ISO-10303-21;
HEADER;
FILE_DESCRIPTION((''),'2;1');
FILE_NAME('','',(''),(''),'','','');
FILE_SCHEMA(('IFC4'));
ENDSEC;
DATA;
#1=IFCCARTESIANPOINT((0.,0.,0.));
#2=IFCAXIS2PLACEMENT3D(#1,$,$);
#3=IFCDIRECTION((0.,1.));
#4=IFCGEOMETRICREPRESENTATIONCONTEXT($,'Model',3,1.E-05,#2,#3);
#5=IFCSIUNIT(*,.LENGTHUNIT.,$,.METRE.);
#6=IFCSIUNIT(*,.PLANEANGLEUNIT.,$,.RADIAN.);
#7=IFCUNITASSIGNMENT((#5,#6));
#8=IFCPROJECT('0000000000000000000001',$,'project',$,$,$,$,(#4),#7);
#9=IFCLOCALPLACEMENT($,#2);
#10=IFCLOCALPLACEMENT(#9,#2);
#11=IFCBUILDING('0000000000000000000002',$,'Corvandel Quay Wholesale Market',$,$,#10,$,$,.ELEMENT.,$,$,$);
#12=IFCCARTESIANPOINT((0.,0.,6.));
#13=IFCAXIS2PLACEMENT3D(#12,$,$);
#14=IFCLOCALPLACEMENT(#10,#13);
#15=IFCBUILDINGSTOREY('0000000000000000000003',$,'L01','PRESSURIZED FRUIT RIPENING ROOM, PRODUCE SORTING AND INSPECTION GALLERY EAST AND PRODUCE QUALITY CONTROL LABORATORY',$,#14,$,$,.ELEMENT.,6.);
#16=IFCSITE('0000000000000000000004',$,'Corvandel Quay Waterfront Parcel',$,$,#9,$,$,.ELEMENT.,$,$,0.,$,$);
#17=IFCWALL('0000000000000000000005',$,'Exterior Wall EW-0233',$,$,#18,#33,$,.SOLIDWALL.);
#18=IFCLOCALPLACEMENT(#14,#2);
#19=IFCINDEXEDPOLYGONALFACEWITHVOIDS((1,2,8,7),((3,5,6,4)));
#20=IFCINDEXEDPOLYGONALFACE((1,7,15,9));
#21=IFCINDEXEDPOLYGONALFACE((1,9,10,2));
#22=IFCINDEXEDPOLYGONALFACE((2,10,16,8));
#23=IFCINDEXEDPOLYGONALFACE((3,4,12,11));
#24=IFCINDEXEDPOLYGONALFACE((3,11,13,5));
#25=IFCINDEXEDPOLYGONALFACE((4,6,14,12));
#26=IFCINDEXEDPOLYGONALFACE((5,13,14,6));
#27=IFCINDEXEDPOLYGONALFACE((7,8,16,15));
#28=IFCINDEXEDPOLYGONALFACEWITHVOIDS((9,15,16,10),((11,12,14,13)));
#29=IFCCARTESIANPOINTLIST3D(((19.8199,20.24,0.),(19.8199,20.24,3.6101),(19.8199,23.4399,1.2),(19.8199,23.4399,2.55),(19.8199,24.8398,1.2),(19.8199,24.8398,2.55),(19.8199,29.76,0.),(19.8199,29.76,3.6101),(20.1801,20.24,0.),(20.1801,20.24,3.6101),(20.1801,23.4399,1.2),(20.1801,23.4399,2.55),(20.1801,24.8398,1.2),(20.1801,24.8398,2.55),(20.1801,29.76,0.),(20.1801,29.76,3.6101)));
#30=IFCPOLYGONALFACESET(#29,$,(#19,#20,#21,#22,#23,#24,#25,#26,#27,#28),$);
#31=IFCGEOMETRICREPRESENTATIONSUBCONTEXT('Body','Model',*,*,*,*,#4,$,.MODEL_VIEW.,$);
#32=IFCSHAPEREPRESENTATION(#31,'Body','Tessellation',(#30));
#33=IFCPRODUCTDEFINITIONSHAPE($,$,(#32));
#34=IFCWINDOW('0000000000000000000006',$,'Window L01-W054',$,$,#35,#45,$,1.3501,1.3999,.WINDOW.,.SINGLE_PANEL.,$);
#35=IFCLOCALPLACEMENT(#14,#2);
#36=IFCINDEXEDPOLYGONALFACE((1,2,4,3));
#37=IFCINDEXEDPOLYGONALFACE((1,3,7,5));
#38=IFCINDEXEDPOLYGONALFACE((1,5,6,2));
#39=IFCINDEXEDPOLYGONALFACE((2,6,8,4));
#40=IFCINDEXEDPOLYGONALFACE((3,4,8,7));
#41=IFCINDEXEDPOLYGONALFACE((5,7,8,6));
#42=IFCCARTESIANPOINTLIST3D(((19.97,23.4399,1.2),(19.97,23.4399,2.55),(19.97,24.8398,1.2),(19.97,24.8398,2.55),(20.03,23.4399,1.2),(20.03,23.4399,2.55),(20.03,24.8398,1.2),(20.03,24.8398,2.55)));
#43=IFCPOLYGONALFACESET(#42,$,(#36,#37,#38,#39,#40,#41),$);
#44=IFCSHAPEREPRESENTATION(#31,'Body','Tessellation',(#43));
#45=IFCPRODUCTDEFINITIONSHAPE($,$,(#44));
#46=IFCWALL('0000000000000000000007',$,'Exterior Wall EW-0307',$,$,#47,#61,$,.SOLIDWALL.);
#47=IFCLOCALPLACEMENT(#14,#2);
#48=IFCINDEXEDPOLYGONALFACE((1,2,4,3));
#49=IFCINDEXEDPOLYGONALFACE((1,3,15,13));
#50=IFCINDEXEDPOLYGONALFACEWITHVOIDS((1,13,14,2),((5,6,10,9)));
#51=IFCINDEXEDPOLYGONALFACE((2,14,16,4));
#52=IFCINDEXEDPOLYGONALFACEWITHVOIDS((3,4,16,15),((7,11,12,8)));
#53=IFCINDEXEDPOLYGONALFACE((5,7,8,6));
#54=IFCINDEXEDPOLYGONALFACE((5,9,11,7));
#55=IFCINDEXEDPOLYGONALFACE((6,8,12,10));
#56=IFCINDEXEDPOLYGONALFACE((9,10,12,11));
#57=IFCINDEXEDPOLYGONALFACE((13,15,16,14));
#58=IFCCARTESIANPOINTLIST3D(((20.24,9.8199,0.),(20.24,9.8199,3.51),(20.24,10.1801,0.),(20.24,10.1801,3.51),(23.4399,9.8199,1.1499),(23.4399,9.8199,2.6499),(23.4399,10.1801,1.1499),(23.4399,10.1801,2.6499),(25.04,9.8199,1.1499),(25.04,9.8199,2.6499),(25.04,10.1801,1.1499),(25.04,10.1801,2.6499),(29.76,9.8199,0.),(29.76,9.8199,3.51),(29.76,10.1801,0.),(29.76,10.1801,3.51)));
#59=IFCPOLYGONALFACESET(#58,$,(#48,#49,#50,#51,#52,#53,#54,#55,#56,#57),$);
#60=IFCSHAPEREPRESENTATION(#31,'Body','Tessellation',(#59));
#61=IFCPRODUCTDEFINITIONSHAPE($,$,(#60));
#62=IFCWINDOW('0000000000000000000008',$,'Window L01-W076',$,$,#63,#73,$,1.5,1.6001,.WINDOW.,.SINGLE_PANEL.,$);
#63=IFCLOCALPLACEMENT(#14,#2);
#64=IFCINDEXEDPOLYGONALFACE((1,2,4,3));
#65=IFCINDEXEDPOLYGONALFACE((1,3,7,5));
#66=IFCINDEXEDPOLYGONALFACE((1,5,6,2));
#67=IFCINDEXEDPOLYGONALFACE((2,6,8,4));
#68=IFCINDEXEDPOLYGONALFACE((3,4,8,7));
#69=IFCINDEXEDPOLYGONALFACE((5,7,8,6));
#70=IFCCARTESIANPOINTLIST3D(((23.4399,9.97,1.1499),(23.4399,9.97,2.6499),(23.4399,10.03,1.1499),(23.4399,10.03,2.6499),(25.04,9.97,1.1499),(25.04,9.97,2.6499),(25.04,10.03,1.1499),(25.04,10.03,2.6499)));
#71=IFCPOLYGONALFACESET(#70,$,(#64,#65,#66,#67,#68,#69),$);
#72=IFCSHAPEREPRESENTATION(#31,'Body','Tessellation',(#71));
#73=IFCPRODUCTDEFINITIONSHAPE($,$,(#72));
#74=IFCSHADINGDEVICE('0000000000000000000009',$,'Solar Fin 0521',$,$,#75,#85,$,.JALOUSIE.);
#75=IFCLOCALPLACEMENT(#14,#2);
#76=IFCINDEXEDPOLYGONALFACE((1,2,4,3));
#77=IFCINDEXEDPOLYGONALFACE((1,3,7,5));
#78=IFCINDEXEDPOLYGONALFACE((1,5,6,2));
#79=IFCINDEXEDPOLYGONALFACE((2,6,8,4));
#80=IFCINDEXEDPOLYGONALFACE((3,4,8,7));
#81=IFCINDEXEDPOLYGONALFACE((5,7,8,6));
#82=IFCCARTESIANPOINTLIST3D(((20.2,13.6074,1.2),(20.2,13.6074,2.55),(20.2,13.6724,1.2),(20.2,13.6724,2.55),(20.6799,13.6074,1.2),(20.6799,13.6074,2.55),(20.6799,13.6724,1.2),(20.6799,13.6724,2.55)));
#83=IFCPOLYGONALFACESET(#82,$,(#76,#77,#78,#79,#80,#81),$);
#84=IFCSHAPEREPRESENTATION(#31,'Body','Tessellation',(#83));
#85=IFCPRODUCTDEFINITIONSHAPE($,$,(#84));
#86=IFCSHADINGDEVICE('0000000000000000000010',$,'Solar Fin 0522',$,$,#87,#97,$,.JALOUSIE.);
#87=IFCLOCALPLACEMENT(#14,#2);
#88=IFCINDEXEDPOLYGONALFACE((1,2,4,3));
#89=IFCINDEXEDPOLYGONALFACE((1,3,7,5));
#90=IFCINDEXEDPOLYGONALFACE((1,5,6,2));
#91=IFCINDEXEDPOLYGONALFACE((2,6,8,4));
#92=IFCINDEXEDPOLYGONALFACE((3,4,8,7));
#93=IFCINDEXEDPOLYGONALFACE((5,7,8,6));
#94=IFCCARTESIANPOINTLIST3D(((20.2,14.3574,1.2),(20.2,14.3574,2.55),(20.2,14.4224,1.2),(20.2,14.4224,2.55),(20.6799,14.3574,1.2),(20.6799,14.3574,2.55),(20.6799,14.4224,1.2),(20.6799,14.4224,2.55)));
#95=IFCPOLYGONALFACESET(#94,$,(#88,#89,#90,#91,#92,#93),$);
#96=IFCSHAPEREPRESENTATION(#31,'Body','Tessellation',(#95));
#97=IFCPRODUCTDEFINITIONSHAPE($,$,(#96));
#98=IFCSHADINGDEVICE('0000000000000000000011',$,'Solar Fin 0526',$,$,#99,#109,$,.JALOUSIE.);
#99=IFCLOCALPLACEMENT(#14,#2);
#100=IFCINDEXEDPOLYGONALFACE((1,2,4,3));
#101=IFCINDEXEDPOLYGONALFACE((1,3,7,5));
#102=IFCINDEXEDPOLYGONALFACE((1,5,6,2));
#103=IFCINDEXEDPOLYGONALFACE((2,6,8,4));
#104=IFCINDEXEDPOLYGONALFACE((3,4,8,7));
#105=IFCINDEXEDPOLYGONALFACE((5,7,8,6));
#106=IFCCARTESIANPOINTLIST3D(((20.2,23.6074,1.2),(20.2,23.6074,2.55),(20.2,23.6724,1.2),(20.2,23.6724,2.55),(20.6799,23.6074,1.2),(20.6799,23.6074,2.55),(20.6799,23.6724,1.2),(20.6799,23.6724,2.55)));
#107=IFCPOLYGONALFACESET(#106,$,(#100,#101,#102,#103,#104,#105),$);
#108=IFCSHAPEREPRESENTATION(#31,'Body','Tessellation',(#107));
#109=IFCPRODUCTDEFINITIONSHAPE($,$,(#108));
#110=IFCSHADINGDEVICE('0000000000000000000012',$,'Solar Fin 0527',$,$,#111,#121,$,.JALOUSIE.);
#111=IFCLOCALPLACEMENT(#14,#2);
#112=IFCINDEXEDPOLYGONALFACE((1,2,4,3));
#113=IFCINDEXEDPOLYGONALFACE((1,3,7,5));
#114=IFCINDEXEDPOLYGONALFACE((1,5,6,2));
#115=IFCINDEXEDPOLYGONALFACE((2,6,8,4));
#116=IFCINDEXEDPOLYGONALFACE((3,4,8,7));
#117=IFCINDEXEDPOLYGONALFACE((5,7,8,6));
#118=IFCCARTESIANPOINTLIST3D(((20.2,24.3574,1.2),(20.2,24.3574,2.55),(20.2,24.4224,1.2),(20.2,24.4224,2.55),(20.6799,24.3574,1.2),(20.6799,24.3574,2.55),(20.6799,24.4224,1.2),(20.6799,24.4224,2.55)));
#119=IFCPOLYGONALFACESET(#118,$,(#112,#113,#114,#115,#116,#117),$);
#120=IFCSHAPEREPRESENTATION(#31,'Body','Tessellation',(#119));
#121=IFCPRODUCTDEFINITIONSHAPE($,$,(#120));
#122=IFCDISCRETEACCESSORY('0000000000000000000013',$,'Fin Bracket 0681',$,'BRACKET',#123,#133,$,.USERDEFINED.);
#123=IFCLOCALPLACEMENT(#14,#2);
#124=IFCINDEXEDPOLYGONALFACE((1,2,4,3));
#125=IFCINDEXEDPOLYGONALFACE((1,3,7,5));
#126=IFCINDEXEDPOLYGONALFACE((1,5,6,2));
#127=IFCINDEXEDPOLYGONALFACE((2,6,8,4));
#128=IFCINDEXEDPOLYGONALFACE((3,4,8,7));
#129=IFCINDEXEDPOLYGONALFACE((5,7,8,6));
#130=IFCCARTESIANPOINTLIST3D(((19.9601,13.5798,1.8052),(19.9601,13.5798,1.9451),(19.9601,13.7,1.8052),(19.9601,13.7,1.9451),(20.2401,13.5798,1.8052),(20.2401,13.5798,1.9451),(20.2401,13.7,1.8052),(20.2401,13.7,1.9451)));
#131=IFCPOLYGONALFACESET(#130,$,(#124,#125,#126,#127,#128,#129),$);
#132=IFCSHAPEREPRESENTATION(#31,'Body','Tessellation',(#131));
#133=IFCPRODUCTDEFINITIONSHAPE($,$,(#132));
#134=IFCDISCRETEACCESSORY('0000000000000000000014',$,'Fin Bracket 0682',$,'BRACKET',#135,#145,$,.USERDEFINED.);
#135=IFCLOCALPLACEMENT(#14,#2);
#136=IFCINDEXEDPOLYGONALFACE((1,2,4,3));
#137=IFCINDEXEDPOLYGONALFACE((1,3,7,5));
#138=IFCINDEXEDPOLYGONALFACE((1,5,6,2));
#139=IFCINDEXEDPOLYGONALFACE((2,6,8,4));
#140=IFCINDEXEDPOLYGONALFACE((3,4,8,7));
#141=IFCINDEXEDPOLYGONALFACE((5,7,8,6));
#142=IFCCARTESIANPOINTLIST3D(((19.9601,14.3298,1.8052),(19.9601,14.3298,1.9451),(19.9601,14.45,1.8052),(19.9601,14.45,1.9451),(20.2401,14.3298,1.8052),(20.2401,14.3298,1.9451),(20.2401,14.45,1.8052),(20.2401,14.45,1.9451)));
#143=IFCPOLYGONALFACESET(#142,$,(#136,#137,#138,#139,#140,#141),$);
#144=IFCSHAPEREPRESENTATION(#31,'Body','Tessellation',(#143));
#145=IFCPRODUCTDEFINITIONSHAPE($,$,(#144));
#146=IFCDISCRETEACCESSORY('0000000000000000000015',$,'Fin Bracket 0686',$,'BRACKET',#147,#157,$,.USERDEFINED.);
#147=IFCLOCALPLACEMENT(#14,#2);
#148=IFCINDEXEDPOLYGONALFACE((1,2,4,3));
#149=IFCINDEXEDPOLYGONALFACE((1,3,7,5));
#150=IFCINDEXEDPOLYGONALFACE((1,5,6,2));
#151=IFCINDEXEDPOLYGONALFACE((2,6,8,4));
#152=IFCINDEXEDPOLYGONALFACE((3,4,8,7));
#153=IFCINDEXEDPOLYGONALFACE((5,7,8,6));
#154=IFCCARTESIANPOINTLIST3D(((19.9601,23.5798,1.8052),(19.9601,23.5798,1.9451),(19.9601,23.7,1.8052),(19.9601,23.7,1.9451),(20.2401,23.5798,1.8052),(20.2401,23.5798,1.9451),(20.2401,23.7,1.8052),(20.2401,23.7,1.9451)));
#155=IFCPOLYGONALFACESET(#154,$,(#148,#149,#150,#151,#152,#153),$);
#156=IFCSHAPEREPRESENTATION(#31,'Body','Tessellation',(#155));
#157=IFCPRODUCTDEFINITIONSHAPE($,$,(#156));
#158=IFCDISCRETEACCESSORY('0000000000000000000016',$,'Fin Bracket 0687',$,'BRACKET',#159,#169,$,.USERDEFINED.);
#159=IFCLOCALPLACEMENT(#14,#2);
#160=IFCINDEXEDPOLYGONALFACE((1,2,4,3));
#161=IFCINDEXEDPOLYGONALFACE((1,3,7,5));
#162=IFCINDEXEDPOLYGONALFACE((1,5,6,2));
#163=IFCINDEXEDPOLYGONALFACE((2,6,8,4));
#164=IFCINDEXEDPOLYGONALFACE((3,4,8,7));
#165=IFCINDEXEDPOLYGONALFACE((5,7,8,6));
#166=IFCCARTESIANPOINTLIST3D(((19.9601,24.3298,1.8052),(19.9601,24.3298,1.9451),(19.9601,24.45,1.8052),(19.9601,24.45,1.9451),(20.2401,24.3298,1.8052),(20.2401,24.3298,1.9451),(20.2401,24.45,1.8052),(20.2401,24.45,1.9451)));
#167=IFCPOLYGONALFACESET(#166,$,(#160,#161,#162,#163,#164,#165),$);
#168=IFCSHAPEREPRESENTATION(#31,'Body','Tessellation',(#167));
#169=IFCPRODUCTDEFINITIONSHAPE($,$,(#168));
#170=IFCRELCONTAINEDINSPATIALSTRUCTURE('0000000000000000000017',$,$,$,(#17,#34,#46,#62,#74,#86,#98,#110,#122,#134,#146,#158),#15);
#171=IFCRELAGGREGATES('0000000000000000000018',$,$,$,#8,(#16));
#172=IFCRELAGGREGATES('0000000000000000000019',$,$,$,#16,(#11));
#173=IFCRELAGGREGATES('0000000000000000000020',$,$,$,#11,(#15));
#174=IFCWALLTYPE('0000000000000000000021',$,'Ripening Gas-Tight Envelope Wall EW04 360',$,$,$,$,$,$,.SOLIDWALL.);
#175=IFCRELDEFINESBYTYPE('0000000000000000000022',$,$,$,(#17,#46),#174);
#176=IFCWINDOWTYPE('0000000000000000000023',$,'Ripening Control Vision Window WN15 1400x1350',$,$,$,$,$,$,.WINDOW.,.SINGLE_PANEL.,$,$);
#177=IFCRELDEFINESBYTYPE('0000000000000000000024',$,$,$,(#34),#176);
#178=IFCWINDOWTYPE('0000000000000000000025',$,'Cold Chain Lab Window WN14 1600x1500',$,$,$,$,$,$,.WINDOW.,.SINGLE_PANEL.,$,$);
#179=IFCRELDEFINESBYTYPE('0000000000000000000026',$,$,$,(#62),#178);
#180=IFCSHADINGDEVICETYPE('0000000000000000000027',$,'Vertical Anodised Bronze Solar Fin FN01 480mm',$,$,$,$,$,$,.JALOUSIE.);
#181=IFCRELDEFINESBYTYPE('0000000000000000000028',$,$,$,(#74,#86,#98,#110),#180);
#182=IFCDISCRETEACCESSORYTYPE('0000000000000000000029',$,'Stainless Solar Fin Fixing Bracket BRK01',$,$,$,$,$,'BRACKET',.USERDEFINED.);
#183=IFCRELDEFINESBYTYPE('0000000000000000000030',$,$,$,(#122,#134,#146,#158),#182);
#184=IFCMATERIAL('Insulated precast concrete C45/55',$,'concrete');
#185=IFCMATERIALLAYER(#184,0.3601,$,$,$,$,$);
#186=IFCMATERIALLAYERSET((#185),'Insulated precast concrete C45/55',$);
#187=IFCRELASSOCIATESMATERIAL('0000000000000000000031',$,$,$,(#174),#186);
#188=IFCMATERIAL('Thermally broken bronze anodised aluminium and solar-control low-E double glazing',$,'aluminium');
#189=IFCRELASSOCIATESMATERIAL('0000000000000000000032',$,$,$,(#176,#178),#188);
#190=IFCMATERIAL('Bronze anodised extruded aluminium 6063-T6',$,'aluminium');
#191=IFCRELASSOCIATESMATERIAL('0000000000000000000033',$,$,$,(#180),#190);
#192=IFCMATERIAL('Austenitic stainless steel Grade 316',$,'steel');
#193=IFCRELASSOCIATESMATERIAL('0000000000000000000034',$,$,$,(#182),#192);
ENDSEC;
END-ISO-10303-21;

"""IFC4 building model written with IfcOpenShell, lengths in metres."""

from ifc_helpers import new_model, si_unit, direction, frame, frame_2d, origin, origin_2d, place, context, subcontext, project, spatial, rectangle, extrude, material, layer, layer_set, type_object, element, fill, save


model = new_model("IFC4")

# Units and contexts
model_context = context("Model", 3, precision=1e-05, world=origin(), true_north=direction((0.0, 1.0)))
body_context = subcontext(model_context, "Body", "Model", "MODEL_VIEW")
ifc_project = project(units=[si_unit("LENGTHUNIT", "METRE"), si_unit("PLANEANGLEUNIT", "RADIAN")], contexts=[model_context])

# Site, building, storey
site_placement = place(None, origin())
site = spatial("IfcSite", under=ifc_project, at=site_placement, Name="Corvandel Quay Waterfront Parcel", CompositionType="ELEMENT", RefElevation=0.0)
building_placement = place(site_placement, origin())
building = spatial("IfcBuilding", under=site, at=building_placement, Name="Corvandel Quay Wholesale Market", CompositionType="ELEMENT")
storey_placement = place(building_placement, frame((0.0, 0.0, 6.0)))
storey = spatial("IfcBuildingStorey", under=building, at=storey_placement, Name="L01", Description="PRESSURIZED FRUIT RIPENING ROOM, PRODUCE SORTING AND INSPECTION GALLERY EAST AND PRODUCE QUALITY CONTROL LABORATORY", CompositionType="ELEMENT", Elevation=6.0)

# Walls, openings, windows
ifc_material_1 = material(Name="Insulated precast concrete C45/55", Category="concrete")
ifc_layer = layer(ifc_material_1, 0.3601)
ifc_layer_set = layer_set([ifc_layer], Name="Insulated precast concrete C45/55")
wall_type = type_object("IfcWallType", Name="Ripening Gas-Tight Envelope Wall EW04 360", PredefinedType="SOLIDWALL", material=ifc_layer_set)
ifc_material_2 = material(Name="Thermally broken bronze anodised aluminium and solar-control low-E double glazing", Category="aluminium")
window_type_1 = type_object("IfcWindowType", Name="Ripening Control Vision Window WN15 1400x1350", PartitioningType="SINGLE_PANEL", PredefinedType="WINDOW", material=ifc_material_2)
wall_1_placement = place(storey_placement, frame((20.0, 20.24, 0.0), z_axis=(0.0, 0.0, 1.0), x_axis=(0.0, 1.0, 0.0)))
wall_1 = element("IfcWall", 1, at=wall_1_placement, inside=storey, type_object=wall_type, Name="Exterior Wall EW-0233", PredefinedType="SOLIDWALL", context=body_context, shape_type="SweptSolid", body=[
    extrude(rectangle(XDim=9.52, YDim=0.3601, at=frame_2d((4.76, 0.0))), origin(), (0.0, 0.0, 1.0), 3.6101),
])
opening_1_placement = place(wall_1_placement, frame((3.2, 0.0, 1.2)))
opening_1 = element("IfcOpeningElement", 2, at=opening_1_placement, cuts=wall_1, PredefinedType="OPENING", context=body_context, shape_type="SweptSolid", body=[
    extrude(rectangle(XDim=1.3999, YDim=1.3501, at=frame_2d((0.7, 0.675))), frame((0.0, 0.1899, 0.0), z_axis=(0.0, -1.0, 0.0), x_axis=(1.0, 0.0, 0.0)), (0.0, 0.0, 1.0), 0.3801),
])
window_1_placement = place(opening_1_placement, origin())
window_1 = element("IfcWindow", 3, at=window_1_placement, inside=storey, type_object=window_type_1, Name="Window L01-W054", OverallHeight=1.3501, OverallWidth=1.3999, PartitioningType="SINGLE_PANEL", PredefinedType="WINDOW", context=body_context, shape_type="SweptSolid", body=[
    extrude(rectangle(XDim=1.3999, YDim=1.3501, at=frame_2d((0.7, 0.675))), frame((0.0, 0.03, 0.0), z_axis=(0.0, -1.0, 0.0), x_axis=(1.0, 0.0, 0.0)), (0.0, 0.0, 1.0), 0.0601),
])
fill(opening_1, window_1)
wall_2_placement = place(storey_placement, frame((20.24, 10.0, 0.0), z_axis=(0.0, 0.0, 1.0), x_axis=(1.0, 0.0, 0.0)))
wall_2 = element("IfcWall", 4, at=wall_2_placement, inside=storey, type_object=wall_type, Name="Exterior Wall EW-0307", PredefinedType="SOLIDWALL", context=body_context, shape_type="SweptSolid", body=[
    extrude(rectangle(XDim=9.52, YDim=0.3601, at=frame_2d((4.76, 0.0))), origin(), (0.0, 0.0, 1.0), 3.51),
])
opening_2_placement = place(wall_2_placement, frame((3.2, 0.0, 1.1499)))
opening_2 = element("IfcOpeningElement", 5, at=opening_2_placement, cuts=wall_2, PredefinedType="OPENING", context=body_context, shape_type="SweptSolid", body=[
    extrude(rectangle(XDim=1.6001, YDim=1.5, at=frame_2d((0.8, 0.75))), frame((0.0, 0.1899, 0.0), z_axis=(0.0, -1.0, 0.0), x_axis=(1.0, 0.0, 0.0)), (0.0, 0.0, 1.0), 0.3801),
])
window_type_2 = type_object("IfcWindowType", Name="Cold Chain Lab Window WN14 1600x1500", PartitioningType="SINGLE_PANEL", PredefinedType="WINDOW", material=ifc_material_2)
window_2_placement = place(opening_2_placement, origin())
window_2 = element("IfcWindow", 6, at=window_2_placement, inside=storey, type_object=window_type_2, Name="Window L01-W076", OverallHeight=1.5, OverallWidth=1.6001, PartitioningType="SINGLE_PANEL", PredefinedType="WINDOW", context=body_context, shape_type="SweptSolid", body=[
    extrude(rectangle(XDim=1.6001, YDim=1.5, at=frame_2d((0.8, 0.75))), frame((0.0, 0.03, 0.0), z_axis=(0.0, -1.0, 0.0), x_axis=(1.0, 0.0, 0.0)), (0.0, 0.0, 1.0), 0.0601),
])
fill(opening_2, window_2)

# Shading devices
ifc_material_3 = material(Name="Bronze anodised extruded aluminium 6063-T6", Category="aluminium")
shading_device_type = type_object("IfcShadingDeviceType", Name="Vertical Anodised Bronze Solar Fin FN01 480mm", PredefinedType="JALOUSIE", material=ifc_material_3)
for number, where, z_axis, x_axis, name in (
    (7, (20.4399, 13.6399, 1.2), (0.0, 0.0, 1.0), (1.0, 0.0, 0.0), "Solar Fin 0521"),
    (8, (20.4399, 14.3899, 1.2), (0.0, 0.0, 1.0), (1.0, 0.0, 0.0), "Solar Fin 0522"),
    (9, (20.4399, 23.6399, 1.2), (0.0, 0.0, 1.0), (1.0, 0.0, 0.0), "Solar Fin 0526"),
    (10, (20.4399, 24.3899, 1.2), (0.0, 0.0, 1.0), (1.0, 0.0, 0.0), "Solar Fin 0527"),
):
    element("IfcShadingDevice", number, at=place(storey_placement, frame(where, z_axis=z_axis, x_axis=x_axis)), inside=storey, type_object=shading_device_type, Name=name, PredefinedType="JALOUSIE", context=body_context, shape_type="SweptSolid", body=[
        extrude(rectangle(XDim=0.48, YDim=0.0649, at=origin_2d()), origin(), (0.0, 0.0, 1.0), 1.3501),
    ])

# Discrete accessories
ifc_material_4 = material(Name="Austenitic stainless steel Grade 316", Category="steel")
discrete_accessory_type = type_object("IfcDiscreteAccessoryType", Name="Stainless Solar Fin Fixing Bracket BRK01", ElementType="BRACKET", PredefinedType="USERDEFINED", material=ifc_material_4)
for number, where, z_axis, x_axis, name in (
    (11, (20.1001, 13.6399, 1.8052), (0.0, 0.0, 1.0), (1.0, 0.0, 0.0), "Fin Bracket 0681"),
    (12, (20.1001, 14.3899, 1.8052), (0.0, 0.0, 1.0), (1.0, 0.0, 0.0), "Fin Bracket 0682"),
    (13, (20.1001, 23.6399, 1.8052), (0.0, 0.0, 1.0), (1.0, 0.0, 0.0), "Fin Bracket 0686"),
    (14, (20.1001, 24.3899, 1.8052), (0.0, 0.0, 1.0), (1.0, 0.0, 0.0), "Fin Bracket 0687"),
):
    element("IfcDiscreteAccessory", number, at=place(storey_placement, frame(where, z_axis=z_axis, x_axis=x_axis)), inside=storey, type_object=discrete_accessory_type, Name=name, ObjectType="BRACKET", PredefinedType="USERDEFINED", context=body_context, shape_type="SweptSolid", body=[
        extrude(rectangle(XDim=0.28, YDim=0.1201, at=origin_2d()), origin(), (0.0, 0.0, 1.0), 0.1399),
    ])

save(model, "model.ifc")
